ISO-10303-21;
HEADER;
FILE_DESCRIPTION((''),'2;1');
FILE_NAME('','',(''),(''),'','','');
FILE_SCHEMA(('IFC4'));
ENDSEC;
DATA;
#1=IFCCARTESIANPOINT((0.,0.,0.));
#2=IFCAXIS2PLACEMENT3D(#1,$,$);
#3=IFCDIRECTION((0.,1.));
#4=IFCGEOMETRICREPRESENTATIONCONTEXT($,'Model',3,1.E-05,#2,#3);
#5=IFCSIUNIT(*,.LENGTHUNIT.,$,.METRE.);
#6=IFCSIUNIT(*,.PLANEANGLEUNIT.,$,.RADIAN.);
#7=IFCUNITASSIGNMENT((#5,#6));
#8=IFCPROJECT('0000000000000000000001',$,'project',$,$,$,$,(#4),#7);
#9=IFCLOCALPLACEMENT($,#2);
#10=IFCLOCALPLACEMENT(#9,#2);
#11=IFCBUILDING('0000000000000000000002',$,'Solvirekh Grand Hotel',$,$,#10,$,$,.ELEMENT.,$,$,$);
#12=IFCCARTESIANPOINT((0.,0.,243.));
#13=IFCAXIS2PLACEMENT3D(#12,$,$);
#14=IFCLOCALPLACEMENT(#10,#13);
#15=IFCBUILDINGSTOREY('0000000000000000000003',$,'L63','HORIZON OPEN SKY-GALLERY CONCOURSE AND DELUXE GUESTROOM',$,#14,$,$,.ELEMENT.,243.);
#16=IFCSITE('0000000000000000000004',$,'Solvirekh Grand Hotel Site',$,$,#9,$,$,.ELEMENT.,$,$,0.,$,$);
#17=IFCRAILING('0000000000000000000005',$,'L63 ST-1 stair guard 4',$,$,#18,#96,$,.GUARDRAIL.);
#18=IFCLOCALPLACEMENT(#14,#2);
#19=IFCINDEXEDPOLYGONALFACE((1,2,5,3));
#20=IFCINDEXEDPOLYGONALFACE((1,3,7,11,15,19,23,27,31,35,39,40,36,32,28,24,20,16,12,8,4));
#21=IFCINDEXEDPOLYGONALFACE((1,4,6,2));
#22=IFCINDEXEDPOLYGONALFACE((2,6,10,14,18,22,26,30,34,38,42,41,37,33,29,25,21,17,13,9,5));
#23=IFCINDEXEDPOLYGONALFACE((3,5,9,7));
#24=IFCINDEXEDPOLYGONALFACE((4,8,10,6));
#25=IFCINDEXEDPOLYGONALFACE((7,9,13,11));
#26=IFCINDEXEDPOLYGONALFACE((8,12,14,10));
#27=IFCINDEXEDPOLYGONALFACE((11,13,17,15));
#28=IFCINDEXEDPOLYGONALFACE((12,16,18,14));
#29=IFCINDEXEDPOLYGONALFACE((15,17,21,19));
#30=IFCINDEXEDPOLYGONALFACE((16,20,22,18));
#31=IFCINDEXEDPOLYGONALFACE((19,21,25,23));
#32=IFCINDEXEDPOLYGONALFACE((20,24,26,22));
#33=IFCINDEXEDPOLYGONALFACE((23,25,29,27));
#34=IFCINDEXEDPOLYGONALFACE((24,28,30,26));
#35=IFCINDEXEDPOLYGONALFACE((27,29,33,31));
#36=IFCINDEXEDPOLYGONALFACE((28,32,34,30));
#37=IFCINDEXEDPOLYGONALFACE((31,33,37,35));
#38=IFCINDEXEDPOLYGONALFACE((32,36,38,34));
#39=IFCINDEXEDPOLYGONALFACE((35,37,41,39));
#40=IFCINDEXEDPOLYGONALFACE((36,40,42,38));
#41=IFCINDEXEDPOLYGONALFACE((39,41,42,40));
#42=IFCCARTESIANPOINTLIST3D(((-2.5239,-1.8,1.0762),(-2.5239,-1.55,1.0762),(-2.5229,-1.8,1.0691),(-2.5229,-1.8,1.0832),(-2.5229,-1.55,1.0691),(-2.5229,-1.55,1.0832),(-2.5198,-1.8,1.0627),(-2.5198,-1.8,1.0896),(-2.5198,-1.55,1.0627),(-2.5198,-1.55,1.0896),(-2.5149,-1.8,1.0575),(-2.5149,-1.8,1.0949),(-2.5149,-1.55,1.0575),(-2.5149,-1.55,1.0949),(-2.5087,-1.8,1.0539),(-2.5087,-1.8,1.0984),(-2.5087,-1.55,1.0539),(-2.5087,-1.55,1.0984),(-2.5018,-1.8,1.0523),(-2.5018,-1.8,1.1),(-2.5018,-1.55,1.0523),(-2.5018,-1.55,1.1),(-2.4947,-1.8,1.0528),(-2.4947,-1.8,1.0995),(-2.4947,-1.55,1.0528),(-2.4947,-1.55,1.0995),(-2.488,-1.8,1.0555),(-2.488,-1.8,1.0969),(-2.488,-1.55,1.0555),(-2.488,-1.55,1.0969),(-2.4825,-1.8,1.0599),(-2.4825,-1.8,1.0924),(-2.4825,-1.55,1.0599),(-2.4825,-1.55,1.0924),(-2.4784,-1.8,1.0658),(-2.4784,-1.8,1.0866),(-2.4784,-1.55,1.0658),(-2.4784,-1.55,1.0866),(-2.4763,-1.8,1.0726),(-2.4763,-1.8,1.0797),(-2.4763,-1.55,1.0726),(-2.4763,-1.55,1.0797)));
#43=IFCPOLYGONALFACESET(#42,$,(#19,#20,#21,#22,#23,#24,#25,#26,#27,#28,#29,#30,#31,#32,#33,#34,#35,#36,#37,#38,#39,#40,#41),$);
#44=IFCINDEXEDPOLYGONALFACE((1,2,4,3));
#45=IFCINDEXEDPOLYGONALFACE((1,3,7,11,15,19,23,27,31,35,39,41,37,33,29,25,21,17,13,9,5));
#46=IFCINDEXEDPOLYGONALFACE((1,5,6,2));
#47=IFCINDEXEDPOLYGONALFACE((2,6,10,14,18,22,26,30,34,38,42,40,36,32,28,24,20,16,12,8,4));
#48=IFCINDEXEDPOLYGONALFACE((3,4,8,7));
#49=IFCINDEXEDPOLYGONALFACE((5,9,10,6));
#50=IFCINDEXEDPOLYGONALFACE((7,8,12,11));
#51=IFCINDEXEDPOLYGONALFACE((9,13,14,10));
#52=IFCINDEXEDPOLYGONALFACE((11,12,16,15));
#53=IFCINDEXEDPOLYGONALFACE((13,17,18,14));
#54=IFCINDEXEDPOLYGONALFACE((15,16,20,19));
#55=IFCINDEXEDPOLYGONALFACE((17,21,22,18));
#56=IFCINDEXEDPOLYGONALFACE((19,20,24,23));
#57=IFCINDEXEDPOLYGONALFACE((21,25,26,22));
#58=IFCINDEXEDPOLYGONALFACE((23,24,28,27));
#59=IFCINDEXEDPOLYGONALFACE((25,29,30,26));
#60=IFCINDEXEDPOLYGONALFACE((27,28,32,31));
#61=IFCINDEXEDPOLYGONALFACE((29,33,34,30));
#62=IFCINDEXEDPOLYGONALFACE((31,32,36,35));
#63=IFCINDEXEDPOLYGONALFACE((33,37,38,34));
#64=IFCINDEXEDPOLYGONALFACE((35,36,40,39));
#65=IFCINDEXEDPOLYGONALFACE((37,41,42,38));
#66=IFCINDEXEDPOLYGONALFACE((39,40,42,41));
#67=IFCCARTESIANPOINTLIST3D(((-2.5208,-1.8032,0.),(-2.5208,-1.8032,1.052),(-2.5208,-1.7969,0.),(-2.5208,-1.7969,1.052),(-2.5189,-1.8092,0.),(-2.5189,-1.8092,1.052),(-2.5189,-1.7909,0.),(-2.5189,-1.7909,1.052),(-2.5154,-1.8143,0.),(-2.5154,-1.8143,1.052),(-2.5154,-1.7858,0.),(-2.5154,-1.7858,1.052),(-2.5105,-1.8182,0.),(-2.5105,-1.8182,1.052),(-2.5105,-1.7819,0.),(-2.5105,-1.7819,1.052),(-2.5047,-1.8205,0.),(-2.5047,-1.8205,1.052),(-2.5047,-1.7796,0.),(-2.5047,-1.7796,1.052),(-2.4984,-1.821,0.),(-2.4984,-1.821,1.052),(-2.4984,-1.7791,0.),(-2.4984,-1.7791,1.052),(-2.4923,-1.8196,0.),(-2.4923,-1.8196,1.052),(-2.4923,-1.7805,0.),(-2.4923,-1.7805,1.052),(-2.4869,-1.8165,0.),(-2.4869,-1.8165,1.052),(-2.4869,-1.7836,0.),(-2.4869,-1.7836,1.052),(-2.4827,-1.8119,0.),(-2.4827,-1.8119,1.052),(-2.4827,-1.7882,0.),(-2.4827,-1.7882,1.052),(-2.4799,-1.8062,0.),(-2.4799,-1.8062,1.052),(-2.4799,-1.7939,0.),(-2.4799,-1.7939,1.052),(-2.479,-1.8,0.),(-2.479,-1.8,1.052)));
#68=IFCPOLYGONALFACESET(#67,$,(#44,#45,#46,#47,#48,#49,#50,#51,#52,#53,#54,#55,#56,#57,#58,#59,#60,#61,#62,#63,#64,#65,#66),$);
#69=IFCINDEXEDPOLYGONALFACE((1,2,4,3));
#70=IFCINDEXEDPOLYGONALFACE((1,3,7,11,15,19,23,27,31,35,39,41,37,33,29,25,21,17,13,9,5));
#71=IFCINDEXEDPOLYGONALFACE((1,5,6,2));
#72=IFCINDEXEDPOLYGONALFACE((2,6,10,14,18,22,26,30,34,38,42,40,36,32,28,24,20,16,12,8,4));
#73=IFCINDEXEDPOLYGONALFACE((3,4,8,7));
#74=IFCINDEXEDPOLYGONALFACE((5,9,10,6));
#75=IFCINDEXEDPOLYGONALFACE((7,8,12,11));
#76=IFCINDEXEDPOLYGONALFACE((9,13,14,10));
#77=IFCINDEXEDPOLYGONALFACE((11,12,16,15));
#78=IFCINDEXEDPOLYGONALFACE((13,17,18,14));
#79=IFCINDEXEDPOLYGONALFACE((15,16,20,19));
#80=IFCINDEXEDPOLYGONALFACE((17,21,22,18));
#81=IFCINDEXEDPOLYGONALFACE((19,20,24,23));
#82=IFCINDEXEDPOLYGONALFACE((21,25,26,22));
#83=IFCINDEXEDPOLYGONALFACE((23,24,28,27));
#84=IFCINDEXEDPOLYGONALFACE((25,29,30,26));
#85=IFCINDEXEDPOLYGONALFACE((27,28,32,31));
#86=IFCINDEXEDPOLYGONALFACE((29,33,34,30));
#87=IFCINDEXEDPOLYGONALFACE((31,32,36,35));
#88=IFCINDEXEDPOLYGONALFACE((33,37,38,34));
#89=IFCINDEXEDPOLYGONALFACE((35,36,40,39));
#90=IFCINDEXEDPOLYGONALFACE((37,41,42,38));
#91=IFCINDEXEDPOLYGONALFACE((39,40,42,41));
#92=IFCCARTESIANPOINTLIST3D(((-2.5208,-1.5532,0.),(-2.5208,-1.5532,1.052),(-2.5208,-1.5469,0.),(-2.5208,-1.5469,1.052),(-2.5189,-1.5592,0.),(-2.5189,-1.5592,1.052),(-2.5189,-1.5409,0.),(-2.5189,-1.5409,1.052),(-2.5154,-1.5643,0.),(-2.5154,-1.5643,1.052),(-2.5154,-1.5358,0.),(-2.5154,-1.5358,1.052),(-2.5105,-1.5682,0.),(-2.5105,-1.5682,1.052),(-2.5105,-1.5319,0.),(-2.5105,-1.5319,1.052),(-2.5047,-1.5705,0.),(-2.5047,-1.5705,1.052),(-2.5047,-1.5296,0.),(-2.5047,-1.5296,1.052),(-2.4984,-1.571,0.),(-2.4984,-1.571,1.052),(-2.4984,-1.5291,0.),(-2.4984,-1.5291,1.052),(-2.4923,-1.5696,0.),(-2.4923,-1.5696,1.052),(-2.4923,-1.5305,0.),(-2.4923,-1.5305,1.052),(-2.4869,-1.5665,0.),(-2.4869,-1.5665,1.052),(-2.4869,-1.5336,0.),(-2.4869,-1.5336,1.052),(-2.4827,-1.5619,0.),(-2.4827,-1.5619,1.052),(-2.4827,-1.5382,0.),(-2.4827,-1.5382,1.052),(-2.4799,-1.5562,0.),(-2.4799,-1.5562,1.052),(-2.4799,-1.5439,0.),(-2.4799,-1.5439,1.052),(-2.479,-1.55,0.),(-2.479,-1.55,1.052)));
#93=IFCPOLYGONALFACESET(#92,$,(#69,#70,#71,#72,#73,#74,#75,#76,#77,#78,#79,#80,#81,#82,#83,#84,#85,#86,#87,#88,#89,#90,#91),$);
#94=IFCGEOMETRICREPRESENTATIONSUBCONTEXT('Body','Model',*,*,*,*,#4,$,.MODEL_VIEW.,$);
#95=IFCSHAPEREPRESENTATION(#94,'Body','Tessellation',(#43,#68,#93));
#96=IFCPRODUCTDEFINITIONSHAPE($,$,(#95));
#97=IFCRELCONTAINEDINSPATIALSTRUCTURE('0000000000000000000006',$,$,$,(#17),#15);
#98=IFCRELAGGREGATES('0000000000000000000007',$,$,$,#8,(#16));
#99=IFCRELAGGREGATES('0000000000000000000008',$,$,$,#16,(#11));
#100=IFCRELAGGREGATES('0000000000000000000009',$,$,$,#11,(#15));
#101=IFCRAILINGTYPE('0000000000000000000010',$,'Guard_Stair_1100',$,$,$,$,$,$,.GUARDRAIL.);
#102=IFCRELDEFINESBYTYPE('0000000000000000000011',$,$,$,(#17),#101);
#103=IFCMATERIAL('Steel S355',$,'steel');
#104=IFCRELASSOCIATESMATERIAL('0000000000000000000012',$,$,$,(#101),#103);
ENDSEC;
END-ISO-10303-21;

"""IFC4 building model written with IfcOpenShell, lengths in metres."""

from ifc_helpers import new_model, si_unit, direction, frame, origin, origin_2d, place, context, subcontext, project, spatial, circle, extrude, material, type_object, element, save


model = new_model("IFC4")

# Units and contexts
model_context = context("Model", 3, precision=1e-05, world=origin(), true_north=direction((0.0, 1.0)))
body_context = subcontext(model_context, "Body", "Model", "MODEL_VIEW")
ifc_project = project(units=[si_unit("LENGTHUNIT", "METRE"), si_unit("PLANEANGLEUNIT", "RADIAN")], contexts=[model_context])

# Site, building, storey
site_placement = place(None, origin())
site = spatial("IfcSite", under=ifc_project, at=site_placement, Name="Solvirekh Grand Hotel Site", CompositionType="ELEMENT", RefElevation=0.0)
building_placement = place(site_placement, origin())
building = spatial("IfcBuilding", under=site, at=building_placement, Name="Solvirekh Grand Hotel", CompositionType="ELEMENT")
storey_placement = place(building_placement, frame((0.0, 0.0, 243.0)))
storey = spatial("IfcBuildingStorey", under=building, at=storey_placement, Name="L63", Description="HORIZON OPEN SKY-GALLERY CONCOURSE AND DELUXE GUESTROOM", CompositionType="ELEMENT", Elevation=243.0)

# Shared definitions
ifc_material_1 = material(Name="Steel S355", Category="steel")

# Railing
railing_type_1 = type_object("IfcRailingType", Name="Guard_Stair_1100", PredefinedType="GUARDRAIL", material=ifc_material_1)
railing_1_placement = place(storey_placement, frame((-2.5, -1.8, 0.0)))
element("IfcRailing", 1, at=railing_1_placement, inside=storey, type_object=railing_type_1, Name="L63 ST-1 stair guard 4", PredefinedType="GUARDRAIL", context=body_context, shape_type="SweptSolid", body=[
    extrude(circle(Radius=0.0239, at=origin_2d()), frame((0.0, 0.0, 1.0762), z_axis=(0.0, 1.0, 0.0), x_axis=(-1.0, 0.0, 0.0)), (0.0, 0.0, 1.0), 0.25),
    extrude(circle(Radius=0.021, at=origin_2d()), origin(), (0.0, 0.0, 1.0), 1.052),
    extrude(circle(Radius=0.021, at=origin_2d()), frame((0.0, 0.25, 0.0)), (0.0, 0.0, 1.0), 1.052),
])

save(model, "model.ifc")
